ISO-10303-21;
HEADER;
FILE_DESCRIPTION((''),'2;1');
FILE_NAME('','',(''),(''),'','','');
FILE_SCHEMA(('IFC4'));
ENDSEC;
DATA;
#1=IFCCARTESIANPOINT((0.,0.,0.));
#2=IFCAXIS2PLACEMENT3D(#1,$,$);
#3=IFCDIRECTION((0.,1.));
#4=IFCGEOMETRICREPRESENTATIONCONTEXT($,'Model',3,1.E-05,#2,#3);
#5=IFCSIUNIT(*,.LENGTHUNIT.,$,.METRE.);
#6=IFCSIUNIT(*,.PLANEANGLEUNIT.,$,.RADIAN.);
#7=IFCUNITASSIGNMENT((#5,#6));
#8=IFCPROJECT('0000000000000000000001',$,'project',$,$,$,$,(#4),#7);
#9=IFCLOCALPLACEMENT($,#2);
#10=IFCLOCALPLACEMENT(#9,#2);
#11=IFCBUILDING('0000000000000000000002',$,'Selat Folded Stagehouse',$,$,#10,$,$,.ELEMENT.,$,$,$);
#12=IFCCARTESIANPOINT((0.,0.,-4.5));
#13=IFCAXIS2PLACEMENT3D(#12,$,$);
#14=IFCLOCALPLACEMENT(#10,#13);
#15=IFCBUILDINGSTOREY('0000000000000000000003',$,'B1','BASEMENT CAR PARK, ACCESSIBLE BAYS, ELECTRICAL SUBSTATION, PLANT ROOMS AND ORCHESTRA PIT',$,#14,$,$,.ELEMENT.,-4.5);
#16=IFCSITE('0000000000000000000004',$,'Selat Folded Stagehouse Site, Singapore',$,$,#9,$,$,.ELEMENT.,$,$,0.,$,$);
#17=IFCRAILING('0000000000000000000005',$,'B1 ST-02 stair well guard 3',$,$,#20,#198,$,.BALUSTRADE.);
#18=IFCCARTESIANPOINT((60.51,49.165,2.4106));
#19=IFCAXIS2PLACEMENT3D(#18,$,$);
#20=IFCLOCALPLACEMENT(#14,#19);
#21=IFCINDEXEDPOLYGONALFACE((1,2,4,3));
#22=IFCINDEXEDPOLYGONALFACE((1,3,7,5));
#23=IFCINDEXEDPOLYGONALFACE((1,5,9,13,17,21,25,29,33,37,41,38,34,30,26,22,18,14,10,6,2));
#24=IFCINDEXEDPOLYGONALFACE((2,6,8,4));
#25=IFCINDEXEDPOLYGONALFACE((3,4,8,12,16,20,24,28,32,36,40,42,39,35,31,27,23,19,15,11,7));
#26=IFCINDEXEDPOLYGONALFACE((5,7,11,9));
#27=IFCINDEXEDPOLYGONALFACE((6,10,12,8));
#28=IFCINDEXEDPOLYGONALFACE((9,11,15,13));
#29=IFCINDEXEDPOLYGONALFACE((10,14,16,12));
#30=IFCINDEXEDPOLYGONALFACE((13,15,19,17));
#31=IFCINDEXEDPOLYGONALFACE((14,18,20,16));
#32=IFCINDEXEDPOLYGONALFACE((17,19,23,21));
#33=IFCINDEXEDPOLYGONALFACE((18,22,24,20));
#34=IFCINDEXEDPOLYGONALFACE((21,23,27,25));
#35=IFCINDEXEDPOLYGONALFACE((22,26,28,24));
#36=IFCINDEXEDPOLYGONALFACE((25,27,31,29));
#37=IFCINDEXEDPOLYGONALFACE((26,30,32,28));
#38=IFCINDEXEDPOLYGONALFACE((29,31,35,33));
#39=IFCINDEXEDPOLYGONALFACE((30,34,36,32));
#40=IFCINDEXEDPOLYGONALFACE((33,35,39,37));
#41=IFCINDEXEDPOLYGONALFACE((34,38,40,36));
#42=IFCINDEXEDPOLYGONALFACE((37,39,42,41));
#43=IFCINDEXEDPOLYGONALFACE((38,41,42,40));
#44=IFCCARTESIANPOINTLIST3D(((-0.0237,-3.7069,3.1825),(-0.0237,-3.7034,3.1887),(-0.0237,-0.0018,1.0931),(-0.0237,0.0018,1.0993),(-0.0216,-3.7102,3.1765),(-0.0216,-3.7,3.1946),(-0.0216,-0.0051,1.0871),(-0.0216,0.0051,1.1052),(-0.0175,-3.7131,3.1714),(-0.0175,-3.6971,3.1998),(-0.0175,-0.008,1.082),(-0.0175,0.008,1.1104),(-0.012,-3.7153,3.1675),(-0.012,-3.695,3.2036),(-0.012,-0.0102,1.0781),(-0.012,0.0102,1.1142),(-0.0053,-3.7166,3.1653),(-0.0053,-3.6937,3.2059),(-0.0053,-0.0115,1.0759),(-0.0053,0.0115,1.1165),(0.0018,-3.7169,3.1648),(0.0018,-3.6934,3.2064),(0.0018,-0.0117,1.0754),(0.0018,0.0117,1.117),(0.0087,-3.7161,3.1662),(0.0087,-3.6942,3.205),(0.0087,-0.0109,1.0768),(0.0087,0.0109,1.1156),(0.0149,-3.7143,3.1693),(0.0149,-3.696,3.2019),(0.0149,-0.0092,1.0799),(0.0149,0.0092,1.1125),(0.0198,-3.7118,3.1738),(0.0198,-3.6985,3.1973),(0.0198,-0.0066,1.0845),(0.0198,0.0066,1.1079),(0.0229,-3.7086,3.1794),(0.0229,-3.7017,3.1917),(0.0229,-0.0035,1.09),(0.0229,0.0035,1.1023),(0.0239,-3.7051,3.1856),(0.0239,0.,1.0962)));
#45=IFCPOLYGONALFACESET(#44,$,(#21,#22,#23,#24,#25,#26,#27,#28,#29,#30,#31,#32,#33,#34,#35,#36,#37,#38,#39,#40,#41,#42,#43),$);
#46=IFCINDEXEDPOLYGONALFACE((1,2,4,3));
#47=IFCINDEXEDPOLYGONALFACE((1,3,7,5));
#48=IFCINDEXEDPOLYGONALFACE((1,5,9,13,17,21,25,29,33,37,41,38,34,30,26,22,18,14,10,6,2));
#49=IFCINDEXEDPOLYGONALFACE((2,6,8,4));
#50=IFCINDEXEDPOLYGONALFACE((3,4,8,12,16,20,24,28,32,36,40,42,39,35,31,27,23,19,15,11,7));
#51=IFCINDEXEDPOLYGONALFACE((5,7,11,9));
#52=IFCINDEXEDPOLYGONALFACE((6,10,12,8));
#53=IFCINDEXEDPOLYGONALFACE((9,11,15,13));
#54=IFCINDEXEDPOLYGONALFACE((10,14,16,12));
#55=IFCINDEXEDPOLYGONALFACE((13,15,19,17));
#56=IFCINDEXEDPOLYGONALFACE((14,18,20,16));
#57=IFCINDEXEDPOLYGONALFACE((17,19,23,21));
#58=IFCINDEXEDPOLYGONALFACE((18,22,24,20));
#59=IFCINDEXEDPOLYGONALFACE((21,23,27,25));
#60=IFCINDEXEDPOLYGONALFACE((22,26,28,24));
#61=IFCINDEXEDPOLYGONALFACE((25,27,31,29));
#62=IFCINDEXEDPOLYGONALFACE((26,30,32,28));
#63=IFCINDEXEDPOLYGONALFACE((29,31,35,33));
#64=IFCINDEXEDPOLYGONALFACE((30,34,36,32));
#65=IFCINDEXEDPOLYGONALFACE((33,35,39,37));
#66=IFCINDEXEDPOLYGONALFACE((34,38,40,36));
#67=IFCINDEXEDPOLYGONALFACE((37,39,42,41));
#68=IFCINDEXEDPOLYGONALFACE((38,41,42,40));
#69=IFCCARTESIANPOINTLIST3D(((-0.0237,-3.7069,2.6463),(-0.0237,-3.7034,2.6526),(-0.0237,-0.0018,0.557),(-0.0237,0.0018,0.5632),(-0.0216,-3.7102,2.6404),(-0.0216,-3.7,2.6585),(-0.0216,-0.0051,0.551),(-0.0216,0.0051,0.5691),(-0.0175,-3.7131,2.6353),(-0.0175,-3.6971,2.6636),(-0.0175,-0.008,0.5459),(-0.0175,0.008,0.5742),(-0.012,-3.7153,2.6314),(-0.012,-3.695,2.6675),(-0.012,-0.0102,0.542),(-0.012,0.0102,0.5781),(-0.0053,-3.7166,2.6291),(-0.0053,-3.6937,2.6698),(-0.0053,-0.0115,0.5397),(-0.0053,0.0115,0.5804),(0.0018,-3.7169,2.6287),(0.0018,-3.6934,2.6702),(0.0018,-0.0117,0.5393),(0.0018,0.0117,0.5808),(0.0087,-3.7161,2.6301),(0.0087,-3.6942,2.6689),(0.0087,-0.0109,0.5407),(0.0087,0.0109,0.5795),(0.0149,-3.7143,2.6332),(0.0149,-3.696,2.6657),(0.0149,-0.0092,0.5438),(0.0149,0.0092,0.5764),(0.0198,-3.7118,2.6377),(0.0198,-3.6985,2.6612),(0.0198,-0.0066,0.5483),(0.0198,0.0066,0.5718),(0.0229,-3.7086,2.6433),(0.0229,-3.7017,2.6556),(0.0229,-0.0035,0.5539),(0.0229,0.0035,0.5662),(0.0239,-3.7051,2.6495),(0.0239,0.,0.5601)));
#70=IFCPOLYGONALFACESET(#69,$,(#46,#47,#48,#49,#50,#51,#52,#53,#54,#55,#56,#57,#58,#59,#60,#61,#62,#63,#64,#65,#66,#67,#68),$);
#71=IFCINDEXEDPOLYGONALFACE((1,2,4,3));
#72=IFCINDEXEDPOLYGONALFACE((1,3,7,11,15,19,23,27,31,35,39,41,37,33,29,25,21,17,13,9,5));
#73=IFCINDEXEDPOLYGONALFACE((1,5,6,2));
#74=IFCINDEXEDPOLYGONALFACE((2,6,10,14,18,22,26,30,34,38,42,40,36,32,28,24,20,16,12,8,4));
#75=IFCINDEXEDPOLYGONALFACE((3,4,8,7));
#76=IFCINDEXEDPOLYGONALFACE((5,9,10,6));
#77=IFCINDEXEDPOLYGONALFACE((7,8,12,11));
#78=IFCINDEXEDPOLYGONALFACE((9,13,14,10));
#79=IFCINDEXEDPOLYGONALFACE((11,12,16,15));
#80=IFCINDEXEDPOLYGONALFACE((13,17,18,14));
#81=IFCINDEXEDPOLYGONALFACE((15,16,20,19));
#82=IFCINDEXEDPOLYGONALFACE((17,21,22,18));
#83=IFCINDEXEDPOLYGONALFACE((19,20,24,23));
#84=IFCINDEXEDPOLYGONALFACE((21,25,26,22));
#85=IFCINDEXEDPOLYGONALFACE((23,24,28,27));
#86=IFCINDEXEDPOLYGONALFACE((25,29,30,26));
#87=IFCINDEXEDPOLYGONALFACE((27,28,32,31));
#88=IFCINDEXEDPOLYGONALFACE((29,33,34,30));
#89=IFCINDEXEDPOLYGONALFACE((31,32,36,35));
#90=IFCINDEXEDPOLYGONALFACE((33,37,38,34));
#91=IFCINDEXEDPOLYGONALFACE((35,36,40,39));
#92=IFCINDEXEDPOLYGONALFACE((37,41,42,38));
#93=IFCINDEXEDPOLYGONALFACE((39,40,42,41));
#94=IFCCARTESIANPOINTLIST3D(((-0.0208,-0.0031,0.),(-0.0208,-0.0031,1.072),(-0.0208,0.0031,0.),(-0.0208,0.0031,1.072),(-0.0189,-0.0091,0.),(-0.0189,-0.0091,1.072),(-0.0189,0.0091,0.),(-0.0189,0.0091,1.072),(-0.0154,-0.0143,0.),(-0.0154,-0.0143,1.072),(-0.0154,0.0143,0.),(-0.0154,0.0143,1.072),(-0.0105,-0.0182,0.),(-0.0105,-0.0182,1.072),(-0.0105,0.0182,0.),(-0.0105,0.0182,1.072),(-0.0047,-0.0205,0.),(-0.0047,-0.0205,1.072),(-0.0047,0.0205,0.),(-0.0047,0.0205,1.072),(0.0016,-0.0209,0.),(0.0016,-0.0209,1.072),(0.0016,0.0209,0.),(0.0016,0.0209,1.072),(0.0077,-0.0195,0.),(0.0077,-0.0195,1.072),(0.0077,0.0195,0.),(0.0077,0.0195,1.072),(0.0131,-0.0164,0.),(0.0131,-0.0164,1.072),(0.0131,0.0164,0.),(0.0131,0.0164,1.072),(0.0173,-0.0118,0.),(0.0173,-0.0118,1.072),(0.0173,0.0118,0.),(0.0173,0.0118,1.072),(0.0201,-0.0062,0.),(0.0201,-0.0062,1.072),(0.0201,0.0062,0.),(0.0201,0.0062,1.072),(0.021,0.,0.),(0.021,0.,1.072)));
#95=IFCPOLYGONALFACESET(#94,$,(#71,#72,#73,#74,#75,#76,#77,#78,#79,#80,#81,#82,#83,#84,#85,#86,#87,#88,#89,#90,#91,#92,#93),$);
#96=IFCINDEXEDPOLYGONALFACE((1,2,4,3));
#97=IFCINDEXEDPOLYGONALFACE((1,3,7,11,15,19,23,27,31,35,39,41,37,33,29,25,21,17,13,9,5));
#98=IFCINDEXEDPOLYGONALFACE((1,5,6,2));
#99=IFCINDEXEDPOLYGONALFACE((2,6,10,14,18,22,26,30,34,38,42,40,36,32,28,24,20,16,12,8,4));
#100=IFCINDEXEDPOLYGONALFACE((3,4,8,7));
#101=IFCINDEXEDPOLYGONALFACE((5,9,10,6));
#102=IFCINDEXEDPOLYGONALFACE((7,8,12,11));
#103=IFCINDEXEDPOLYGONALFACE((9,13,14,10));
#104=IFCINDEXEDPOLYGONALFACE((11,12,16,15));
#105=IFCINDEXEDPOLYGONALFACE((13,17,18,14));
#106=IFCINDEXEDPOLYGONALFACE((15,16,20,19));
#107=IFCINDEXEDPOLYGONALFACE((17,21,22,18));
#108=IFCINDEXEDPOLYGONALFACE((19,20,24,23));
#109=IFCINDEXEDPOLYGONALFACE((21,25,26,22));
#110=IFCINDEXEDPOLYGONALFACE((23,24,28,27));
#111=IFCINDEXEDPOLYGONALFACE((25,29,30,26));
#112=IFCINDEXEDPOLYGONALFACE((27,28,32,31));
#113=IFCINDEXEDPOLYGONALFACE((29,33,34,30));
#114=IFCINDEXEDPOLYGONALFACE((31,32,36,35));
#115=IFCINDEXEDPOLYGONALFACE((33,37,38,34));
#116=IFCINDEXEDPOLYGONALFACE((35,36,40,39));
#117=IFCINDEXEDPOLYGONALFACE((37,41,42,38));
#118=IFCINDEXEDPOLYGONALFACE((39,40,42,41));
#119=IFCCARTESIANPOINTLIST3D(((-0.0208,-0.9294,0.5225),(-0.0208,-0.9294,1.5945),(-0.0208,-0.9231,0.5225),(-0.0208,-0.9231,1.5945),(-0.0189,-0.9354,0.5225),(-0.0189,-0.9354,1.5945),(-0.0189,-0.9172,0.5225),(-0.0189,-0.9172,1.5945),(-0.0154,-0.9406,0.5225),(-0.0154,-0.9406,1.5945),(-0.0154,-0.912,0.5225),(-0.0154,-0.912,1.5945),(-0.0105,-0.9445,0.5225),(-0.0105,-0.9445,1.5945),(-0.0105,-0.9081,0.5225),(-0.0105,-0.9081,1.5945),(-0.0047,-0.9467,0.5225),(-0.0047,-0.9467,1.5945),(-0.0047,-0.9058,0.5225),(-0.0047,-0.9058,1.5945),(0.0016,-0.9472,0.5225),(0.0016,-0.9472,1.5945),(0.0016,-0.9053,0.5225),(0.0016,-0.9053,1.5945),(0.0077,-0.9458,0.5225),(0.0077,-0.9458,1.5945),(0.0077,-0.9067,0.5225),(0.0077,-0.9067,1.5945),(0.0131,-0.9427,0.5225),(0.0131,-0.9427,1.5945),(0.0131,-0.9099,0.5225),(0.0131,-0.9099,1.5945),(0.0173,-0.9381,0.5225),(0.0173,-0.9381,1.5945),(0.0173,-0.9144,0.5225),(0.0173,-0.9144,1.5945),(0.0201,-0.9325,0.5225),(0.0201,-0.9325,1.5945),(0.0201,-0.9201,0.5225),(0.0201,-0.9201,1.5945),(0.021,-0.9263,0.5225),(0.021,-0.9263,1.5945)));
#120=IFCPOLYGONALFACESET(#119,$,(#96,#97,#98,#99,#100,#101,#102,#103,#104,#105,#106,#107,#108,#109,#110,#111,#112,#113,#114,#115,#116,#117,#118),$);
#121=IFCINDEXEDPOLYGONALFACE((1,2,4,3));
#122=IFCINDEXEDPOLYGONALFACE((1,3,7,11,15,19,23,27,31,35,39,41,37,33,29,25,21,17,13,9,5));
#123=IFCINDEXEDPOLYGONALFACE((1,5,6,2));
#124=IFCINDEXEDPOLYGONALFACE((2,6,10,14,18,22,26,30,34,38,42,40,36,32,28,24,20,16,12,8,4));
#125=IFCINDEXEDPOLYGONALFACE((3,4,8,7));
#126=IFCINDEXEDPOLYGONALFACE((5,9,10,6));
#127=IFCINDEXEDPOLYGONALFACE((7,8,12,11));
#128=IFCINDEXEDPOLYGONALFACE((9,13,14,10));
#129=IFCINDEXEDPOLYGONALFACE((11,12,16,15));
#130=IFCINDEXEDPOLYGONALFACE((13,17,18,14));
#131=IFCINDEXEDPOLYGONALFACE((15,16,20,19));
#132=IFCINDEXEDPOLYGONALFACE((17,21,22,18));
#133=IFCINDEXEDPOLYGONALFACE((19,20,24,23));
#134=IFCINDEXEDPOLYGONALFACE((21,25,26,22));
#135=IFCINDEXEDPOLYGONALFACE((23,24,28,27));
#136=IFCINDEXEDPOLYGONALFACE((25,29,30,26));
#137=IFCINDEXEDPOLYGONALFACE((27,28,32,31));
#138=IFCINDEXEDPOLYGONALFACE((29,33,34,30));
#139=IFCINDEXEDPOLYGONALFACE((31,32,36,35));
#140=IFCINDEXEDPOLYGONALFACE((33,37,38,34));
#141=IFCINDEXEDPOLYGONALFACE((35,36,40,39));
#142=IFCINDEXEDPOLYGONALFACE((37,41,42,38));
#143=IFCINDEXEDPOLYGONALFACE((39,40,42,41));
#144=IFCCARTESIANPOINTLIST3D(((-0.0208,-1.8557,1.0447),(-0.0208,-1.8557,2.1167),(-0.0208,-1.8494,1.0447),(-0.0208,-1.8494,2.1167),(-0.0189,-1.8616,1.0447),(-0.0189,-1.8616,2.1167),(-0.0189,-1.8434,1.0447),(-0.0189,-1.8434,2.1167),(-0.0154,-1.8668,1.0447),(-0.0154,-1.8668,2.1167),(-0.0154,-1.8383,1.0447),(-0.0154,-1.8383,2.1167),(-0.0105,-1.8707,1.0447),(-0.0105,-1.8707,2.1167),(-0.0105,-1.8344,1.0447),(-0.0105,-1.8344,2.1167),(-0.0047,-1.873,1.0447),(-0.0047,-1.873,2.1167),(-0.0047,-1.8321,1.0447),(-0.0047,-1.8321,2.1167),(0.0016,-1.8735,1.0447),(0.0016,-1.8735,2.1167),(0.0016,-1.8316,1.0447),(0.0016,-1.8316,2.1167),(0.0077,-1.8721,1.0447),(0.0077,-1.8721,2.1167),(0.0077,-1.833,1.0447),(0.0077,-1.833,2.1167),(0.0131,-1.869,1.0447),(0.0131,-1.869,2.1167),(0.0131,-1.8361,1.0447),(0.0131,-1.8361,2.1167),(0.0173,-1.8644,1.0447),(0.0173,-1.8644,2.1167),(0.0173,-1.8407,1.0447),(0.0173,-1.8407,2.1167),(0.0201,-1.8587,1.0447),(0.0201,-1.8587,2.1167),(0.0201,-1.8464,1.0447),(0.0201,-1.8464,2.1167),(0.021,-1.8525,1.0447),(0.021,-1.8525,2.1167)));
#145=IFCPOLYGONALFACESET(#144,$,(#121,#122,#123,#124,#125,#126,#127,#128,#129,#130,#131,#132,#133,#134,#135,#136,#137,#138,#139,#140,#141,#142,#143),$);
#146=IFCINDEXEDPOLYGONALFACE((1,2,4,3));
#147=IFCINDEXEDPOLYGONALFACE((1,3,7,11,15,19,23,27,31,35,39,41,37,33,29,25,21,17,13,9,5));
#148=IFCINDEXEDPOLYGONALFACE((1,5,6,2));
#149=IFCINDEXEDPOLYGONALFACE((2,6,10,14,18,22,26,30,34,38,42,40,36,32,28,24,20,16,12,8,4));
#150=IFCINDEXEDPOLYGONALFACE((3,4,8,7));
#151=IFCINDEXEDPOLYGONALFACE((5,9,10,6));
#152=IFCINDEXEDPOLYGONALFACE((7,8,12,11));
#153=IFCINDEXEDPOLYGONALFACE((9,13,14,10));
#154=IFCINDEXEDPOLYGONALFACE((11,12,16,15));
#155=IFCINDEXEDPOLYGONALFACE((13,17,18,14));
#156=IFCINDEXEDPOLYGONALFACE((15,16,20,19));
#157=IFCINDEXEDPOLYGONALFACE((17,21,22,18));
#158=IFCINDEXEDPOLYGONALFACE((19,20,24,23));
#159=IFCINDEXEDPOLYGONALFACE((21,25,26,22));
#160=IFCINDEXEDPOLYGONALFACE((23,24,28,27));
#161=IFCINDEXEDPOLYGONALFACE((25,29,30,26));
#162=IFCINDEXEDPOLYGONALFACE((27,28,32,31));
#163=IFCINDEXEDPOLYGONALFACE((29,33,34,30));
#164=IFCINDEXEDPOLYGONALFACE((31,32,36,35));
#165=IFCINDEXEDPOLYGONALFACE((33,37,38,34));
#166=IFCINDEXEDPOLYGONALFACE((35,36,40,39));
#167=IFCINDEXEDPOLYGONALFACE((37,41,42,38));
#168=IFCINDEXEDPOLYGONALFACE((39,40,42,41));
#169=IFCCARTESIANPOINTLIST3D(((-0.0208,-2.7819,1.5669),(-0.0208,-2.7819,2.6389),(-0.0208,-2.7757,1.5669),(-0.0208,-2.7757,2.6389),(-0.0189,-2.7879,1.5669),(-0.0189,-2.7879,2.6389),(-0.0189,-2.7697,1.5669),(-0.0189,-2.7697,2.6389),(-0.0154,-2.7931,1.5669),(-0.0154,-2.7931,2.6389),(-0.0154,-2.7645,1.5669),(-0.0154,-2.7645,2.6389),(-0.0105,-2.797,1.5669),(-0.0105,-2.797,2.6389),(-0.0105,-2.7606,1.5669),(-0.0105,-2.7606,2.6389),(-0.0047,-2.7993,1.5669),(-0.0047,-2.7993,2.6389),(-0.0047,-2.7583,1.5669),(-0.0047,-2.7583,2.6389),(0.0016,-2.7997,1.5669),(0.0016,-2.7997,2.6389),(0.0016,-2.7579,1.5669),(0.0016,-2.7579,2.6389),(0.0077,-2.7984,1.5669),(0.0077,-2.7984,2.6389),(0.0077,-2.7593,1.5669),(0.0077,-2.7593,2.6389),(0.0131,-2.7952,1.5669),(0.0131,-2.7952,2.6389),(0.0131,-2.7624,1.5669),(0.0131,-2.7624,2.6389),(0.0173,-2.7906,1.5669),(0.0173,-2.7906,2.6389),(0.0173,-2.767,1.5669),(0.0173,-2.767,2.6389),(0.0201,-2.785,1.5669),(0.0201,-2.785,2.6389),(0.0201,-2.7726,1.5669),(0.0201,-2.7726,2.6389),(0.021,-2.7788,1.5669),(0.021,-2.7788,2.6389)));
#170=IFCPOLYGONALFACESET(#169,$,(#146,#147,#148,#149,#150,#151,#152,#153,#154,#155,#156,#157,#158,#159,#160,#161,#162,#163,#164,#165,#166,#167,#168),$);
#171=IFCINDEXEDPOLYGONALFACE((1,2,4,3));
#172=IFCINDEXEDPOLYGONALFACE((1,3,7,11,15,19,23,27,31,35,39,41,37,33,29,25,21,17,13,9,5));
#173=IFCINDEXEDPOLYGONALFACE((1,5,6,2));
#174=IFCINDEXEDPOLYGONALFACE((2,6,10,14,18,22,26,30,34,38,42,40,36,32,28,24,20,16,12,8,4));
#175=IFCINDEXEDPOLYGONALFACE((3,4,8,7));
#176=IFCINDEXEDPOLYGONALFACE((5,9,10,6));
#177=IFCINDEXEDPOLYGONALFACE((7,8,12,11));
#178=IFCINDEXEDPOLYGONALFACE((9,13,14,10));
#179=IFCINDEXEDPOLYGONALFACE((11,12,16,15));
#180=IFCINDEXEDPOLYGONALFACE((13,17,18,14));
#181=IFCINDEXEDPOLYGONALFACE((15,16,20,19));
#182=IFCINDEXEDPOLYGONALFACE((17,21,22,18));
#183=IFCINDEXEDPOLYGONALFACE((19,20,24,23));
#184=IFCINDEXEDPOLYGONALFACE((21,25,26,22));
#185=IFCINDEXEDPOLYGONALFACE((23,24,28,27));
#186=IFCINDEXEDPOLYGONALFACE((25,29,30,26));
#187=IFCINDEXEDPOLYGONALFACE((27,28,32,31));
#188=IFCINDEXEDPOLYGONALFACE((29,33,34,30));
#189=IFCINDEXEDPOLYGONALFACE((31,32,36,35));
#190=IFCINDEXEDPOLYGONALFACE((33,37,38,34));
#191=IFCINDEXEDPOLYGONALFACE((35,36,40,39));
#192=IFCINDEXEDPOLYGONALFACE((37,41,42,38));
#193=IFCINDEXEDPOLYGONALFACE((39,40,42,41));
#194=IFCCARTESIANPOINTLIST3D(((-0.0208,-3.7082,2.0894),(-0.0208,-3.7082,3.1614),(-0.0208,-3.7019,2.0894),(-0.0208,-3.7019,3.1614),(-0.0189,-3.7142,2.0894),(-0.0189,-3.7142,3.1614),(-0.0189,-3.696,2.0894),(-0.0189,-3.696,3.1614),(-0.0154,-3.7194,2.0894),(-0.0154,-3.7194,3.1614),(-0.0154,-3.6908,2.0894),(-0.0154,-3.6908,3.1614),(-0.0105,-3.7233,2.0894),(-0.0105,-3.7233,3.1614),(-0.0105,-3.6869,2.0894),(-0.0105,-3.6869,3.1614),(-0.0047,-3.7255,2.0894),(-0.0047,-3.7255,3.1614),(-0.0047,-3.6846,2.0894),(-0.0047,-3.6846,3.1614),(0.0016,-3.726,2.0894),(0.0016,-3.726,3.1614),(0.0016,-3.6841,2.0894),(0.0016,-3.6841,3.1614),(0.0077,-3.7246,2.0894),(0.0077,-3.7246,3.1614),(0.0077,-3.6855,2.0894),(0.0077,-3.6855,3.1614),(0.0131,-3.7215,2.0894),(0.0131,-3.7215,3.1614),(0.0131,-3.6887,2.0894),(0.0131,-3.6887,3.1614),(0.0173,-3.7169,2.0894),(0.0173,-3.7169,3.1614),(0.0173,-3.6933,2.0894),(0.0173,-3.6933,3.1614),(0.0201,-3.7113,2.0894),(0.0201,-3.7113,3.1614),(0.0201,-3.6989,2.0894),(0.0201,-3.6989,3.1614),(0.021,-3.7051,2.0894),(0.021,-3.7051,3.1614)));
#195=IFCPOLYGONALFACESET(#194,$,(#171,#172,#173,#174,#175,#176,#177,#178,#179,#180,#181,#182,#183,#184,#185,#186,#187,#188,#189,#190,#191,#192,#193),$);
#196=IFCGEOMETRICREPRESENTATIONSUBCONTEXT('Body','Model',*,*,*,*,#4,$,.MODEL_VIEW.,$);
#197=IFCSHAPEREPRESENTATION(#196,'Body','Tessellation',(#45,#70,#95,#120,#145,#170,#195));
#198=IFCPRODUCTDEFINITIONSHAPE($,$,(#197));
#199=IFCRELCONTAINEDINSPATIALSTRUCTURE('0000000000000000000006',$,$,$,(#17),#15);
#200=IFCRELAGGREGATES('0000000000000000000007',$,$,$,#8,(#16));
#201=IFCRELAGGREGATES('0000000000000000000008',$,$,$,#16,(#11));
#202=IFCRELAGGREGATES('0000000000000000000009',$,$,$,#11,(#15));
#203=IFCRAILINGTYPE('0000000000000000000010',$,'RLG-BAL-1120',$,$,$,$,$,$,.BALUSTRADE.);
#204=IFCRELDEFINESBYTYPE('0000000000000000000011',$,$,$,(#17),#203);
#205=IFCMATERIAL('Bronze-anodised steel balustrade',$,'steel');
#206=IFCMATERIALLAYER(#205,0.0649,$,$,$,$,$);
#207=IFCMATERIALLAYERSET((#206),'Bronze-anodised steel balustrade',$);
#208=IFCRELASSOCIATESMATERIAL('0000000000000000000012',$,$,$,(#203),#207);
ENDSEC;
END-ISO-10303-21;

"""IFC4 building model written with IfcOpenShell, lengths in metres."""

from ifc_helpers import new_model, si_unit, direction, frame, origin, origin_2d, place, context, subcontext, project, spatial, circle, extrude, material, layer, layer_set, type_object, element, save


model = new_model("IFC4")

# Units and contexts
model_context = context("Model", 3, precision=1e-05, world=origin(), true_north=direction((0.0, 1.0)))
body_context = subcontext(model_context, "Body", "Model", "MODEL_VIEW")
ifc_project = project(units=[si_unit("LENGTHUNIT", "METRE"), si_unit("PLANEANGLEUNIT", "RADIAN")], contexts=[model_context])

# Site, building, storey
site_placement = place(None, origin())
site = spatial("IfcSite", under=ifc_project, at=site_placement, Name="Selat Folded Stagehouse Site, Singapore", CompositionType="ELEMENT", RefElevation=0.0)
building_placement = place(site_placement, origin())
building = spatial("IfcBuilding", under=site, at=building_placement, Name="Selat Folded Stagehouse", CompositionType="ELEMENT")
storey_placement = place(building_placement, frame((0.0, 0.0, -4.5)))
storey = spatial("IfcBuildingStorey", under=building, at=storey_placement, Name="B1", Description="BASEMENT CAR PARK, ACCESSIBLE BAYS, ELECTRICAL SUBSTATION, PLANT ROOMS AND ORCHESTRA PIT", CompositionType="ELEMENT", Elevation=-4.5)

# Railing
ifc_material_1 = material(Name="Bronze-anodised steel balustrade", Category="steel")
ifc_layer_1 = layer(ifc_material_1, 0.0649)
ifc_layer_set_1 = layer_set([ifc_layer_1], Name="Bronze-anodised steel balustrade")
railing_type = type_object("IfcRailingType", Name="RLG-BAL-1120", PredefinedType="BALUSTRADE", material=ifc_layer_set_1)
railing_1_placement = place(storey_placement, frame((60.51, 49.165, 2.4106)))
element("IfcRailing", 1, at=railing_1_placement, inside=storey, type_object=railing_type, Name="B1 ST-02 stair well guard 3", PredefinedType="BALUSTRADE", context=body_context, shape_type="SweptSolid", body=[
    extrude(circle(Radius=0.0239, at=origin_2d()), frame((0.0, 0.0, 1.0962), z_axis=(0.0, -0.871048, 0.491198), x_axis=(1.0, 0.0, 0.0)), (0.0, 0.0, 1.0), 4.2537),
    extrude(circle(Radius=0.0239, at=origin_2d()), frame((0.0, 0.0, 0.5601), z_axis=(0.0, -0.871048, 0.491198), x_axis=(1.0, 0.0, 0.0)), (0.0, 0.0, 1.0), 4.2537),
    extrude(circle(Radius=0.021, at=origin_2d()), origin(), (0.0, 0.0, 1.0), 1.072),
    extrude(circle(Radius=0.021, at=origin_2d()), frame((0.0, -0.9263, 0.5225)), (0.0, 0.0, 1.0), 1.072),
    extrude(circle(Radius=0.021, at=origin_2d()), frame((0.0, -1.8525, 1.0447)), (0.0, 0.0, 1.0), 1.072),
    extrude(circle(Radius=0.021, at=origin_2d()), frame((0.0, -2.7788, 1.5669)), (0.0, 0.0, 1.0), 1.072),
    extrude(circle(Radius=0.021, at=origin_2d()), frame((0.0, -3.7051, 2.0894)), (0.0, 0.0, 1.0), 1.072),
])

save(model, "model.ifc")
